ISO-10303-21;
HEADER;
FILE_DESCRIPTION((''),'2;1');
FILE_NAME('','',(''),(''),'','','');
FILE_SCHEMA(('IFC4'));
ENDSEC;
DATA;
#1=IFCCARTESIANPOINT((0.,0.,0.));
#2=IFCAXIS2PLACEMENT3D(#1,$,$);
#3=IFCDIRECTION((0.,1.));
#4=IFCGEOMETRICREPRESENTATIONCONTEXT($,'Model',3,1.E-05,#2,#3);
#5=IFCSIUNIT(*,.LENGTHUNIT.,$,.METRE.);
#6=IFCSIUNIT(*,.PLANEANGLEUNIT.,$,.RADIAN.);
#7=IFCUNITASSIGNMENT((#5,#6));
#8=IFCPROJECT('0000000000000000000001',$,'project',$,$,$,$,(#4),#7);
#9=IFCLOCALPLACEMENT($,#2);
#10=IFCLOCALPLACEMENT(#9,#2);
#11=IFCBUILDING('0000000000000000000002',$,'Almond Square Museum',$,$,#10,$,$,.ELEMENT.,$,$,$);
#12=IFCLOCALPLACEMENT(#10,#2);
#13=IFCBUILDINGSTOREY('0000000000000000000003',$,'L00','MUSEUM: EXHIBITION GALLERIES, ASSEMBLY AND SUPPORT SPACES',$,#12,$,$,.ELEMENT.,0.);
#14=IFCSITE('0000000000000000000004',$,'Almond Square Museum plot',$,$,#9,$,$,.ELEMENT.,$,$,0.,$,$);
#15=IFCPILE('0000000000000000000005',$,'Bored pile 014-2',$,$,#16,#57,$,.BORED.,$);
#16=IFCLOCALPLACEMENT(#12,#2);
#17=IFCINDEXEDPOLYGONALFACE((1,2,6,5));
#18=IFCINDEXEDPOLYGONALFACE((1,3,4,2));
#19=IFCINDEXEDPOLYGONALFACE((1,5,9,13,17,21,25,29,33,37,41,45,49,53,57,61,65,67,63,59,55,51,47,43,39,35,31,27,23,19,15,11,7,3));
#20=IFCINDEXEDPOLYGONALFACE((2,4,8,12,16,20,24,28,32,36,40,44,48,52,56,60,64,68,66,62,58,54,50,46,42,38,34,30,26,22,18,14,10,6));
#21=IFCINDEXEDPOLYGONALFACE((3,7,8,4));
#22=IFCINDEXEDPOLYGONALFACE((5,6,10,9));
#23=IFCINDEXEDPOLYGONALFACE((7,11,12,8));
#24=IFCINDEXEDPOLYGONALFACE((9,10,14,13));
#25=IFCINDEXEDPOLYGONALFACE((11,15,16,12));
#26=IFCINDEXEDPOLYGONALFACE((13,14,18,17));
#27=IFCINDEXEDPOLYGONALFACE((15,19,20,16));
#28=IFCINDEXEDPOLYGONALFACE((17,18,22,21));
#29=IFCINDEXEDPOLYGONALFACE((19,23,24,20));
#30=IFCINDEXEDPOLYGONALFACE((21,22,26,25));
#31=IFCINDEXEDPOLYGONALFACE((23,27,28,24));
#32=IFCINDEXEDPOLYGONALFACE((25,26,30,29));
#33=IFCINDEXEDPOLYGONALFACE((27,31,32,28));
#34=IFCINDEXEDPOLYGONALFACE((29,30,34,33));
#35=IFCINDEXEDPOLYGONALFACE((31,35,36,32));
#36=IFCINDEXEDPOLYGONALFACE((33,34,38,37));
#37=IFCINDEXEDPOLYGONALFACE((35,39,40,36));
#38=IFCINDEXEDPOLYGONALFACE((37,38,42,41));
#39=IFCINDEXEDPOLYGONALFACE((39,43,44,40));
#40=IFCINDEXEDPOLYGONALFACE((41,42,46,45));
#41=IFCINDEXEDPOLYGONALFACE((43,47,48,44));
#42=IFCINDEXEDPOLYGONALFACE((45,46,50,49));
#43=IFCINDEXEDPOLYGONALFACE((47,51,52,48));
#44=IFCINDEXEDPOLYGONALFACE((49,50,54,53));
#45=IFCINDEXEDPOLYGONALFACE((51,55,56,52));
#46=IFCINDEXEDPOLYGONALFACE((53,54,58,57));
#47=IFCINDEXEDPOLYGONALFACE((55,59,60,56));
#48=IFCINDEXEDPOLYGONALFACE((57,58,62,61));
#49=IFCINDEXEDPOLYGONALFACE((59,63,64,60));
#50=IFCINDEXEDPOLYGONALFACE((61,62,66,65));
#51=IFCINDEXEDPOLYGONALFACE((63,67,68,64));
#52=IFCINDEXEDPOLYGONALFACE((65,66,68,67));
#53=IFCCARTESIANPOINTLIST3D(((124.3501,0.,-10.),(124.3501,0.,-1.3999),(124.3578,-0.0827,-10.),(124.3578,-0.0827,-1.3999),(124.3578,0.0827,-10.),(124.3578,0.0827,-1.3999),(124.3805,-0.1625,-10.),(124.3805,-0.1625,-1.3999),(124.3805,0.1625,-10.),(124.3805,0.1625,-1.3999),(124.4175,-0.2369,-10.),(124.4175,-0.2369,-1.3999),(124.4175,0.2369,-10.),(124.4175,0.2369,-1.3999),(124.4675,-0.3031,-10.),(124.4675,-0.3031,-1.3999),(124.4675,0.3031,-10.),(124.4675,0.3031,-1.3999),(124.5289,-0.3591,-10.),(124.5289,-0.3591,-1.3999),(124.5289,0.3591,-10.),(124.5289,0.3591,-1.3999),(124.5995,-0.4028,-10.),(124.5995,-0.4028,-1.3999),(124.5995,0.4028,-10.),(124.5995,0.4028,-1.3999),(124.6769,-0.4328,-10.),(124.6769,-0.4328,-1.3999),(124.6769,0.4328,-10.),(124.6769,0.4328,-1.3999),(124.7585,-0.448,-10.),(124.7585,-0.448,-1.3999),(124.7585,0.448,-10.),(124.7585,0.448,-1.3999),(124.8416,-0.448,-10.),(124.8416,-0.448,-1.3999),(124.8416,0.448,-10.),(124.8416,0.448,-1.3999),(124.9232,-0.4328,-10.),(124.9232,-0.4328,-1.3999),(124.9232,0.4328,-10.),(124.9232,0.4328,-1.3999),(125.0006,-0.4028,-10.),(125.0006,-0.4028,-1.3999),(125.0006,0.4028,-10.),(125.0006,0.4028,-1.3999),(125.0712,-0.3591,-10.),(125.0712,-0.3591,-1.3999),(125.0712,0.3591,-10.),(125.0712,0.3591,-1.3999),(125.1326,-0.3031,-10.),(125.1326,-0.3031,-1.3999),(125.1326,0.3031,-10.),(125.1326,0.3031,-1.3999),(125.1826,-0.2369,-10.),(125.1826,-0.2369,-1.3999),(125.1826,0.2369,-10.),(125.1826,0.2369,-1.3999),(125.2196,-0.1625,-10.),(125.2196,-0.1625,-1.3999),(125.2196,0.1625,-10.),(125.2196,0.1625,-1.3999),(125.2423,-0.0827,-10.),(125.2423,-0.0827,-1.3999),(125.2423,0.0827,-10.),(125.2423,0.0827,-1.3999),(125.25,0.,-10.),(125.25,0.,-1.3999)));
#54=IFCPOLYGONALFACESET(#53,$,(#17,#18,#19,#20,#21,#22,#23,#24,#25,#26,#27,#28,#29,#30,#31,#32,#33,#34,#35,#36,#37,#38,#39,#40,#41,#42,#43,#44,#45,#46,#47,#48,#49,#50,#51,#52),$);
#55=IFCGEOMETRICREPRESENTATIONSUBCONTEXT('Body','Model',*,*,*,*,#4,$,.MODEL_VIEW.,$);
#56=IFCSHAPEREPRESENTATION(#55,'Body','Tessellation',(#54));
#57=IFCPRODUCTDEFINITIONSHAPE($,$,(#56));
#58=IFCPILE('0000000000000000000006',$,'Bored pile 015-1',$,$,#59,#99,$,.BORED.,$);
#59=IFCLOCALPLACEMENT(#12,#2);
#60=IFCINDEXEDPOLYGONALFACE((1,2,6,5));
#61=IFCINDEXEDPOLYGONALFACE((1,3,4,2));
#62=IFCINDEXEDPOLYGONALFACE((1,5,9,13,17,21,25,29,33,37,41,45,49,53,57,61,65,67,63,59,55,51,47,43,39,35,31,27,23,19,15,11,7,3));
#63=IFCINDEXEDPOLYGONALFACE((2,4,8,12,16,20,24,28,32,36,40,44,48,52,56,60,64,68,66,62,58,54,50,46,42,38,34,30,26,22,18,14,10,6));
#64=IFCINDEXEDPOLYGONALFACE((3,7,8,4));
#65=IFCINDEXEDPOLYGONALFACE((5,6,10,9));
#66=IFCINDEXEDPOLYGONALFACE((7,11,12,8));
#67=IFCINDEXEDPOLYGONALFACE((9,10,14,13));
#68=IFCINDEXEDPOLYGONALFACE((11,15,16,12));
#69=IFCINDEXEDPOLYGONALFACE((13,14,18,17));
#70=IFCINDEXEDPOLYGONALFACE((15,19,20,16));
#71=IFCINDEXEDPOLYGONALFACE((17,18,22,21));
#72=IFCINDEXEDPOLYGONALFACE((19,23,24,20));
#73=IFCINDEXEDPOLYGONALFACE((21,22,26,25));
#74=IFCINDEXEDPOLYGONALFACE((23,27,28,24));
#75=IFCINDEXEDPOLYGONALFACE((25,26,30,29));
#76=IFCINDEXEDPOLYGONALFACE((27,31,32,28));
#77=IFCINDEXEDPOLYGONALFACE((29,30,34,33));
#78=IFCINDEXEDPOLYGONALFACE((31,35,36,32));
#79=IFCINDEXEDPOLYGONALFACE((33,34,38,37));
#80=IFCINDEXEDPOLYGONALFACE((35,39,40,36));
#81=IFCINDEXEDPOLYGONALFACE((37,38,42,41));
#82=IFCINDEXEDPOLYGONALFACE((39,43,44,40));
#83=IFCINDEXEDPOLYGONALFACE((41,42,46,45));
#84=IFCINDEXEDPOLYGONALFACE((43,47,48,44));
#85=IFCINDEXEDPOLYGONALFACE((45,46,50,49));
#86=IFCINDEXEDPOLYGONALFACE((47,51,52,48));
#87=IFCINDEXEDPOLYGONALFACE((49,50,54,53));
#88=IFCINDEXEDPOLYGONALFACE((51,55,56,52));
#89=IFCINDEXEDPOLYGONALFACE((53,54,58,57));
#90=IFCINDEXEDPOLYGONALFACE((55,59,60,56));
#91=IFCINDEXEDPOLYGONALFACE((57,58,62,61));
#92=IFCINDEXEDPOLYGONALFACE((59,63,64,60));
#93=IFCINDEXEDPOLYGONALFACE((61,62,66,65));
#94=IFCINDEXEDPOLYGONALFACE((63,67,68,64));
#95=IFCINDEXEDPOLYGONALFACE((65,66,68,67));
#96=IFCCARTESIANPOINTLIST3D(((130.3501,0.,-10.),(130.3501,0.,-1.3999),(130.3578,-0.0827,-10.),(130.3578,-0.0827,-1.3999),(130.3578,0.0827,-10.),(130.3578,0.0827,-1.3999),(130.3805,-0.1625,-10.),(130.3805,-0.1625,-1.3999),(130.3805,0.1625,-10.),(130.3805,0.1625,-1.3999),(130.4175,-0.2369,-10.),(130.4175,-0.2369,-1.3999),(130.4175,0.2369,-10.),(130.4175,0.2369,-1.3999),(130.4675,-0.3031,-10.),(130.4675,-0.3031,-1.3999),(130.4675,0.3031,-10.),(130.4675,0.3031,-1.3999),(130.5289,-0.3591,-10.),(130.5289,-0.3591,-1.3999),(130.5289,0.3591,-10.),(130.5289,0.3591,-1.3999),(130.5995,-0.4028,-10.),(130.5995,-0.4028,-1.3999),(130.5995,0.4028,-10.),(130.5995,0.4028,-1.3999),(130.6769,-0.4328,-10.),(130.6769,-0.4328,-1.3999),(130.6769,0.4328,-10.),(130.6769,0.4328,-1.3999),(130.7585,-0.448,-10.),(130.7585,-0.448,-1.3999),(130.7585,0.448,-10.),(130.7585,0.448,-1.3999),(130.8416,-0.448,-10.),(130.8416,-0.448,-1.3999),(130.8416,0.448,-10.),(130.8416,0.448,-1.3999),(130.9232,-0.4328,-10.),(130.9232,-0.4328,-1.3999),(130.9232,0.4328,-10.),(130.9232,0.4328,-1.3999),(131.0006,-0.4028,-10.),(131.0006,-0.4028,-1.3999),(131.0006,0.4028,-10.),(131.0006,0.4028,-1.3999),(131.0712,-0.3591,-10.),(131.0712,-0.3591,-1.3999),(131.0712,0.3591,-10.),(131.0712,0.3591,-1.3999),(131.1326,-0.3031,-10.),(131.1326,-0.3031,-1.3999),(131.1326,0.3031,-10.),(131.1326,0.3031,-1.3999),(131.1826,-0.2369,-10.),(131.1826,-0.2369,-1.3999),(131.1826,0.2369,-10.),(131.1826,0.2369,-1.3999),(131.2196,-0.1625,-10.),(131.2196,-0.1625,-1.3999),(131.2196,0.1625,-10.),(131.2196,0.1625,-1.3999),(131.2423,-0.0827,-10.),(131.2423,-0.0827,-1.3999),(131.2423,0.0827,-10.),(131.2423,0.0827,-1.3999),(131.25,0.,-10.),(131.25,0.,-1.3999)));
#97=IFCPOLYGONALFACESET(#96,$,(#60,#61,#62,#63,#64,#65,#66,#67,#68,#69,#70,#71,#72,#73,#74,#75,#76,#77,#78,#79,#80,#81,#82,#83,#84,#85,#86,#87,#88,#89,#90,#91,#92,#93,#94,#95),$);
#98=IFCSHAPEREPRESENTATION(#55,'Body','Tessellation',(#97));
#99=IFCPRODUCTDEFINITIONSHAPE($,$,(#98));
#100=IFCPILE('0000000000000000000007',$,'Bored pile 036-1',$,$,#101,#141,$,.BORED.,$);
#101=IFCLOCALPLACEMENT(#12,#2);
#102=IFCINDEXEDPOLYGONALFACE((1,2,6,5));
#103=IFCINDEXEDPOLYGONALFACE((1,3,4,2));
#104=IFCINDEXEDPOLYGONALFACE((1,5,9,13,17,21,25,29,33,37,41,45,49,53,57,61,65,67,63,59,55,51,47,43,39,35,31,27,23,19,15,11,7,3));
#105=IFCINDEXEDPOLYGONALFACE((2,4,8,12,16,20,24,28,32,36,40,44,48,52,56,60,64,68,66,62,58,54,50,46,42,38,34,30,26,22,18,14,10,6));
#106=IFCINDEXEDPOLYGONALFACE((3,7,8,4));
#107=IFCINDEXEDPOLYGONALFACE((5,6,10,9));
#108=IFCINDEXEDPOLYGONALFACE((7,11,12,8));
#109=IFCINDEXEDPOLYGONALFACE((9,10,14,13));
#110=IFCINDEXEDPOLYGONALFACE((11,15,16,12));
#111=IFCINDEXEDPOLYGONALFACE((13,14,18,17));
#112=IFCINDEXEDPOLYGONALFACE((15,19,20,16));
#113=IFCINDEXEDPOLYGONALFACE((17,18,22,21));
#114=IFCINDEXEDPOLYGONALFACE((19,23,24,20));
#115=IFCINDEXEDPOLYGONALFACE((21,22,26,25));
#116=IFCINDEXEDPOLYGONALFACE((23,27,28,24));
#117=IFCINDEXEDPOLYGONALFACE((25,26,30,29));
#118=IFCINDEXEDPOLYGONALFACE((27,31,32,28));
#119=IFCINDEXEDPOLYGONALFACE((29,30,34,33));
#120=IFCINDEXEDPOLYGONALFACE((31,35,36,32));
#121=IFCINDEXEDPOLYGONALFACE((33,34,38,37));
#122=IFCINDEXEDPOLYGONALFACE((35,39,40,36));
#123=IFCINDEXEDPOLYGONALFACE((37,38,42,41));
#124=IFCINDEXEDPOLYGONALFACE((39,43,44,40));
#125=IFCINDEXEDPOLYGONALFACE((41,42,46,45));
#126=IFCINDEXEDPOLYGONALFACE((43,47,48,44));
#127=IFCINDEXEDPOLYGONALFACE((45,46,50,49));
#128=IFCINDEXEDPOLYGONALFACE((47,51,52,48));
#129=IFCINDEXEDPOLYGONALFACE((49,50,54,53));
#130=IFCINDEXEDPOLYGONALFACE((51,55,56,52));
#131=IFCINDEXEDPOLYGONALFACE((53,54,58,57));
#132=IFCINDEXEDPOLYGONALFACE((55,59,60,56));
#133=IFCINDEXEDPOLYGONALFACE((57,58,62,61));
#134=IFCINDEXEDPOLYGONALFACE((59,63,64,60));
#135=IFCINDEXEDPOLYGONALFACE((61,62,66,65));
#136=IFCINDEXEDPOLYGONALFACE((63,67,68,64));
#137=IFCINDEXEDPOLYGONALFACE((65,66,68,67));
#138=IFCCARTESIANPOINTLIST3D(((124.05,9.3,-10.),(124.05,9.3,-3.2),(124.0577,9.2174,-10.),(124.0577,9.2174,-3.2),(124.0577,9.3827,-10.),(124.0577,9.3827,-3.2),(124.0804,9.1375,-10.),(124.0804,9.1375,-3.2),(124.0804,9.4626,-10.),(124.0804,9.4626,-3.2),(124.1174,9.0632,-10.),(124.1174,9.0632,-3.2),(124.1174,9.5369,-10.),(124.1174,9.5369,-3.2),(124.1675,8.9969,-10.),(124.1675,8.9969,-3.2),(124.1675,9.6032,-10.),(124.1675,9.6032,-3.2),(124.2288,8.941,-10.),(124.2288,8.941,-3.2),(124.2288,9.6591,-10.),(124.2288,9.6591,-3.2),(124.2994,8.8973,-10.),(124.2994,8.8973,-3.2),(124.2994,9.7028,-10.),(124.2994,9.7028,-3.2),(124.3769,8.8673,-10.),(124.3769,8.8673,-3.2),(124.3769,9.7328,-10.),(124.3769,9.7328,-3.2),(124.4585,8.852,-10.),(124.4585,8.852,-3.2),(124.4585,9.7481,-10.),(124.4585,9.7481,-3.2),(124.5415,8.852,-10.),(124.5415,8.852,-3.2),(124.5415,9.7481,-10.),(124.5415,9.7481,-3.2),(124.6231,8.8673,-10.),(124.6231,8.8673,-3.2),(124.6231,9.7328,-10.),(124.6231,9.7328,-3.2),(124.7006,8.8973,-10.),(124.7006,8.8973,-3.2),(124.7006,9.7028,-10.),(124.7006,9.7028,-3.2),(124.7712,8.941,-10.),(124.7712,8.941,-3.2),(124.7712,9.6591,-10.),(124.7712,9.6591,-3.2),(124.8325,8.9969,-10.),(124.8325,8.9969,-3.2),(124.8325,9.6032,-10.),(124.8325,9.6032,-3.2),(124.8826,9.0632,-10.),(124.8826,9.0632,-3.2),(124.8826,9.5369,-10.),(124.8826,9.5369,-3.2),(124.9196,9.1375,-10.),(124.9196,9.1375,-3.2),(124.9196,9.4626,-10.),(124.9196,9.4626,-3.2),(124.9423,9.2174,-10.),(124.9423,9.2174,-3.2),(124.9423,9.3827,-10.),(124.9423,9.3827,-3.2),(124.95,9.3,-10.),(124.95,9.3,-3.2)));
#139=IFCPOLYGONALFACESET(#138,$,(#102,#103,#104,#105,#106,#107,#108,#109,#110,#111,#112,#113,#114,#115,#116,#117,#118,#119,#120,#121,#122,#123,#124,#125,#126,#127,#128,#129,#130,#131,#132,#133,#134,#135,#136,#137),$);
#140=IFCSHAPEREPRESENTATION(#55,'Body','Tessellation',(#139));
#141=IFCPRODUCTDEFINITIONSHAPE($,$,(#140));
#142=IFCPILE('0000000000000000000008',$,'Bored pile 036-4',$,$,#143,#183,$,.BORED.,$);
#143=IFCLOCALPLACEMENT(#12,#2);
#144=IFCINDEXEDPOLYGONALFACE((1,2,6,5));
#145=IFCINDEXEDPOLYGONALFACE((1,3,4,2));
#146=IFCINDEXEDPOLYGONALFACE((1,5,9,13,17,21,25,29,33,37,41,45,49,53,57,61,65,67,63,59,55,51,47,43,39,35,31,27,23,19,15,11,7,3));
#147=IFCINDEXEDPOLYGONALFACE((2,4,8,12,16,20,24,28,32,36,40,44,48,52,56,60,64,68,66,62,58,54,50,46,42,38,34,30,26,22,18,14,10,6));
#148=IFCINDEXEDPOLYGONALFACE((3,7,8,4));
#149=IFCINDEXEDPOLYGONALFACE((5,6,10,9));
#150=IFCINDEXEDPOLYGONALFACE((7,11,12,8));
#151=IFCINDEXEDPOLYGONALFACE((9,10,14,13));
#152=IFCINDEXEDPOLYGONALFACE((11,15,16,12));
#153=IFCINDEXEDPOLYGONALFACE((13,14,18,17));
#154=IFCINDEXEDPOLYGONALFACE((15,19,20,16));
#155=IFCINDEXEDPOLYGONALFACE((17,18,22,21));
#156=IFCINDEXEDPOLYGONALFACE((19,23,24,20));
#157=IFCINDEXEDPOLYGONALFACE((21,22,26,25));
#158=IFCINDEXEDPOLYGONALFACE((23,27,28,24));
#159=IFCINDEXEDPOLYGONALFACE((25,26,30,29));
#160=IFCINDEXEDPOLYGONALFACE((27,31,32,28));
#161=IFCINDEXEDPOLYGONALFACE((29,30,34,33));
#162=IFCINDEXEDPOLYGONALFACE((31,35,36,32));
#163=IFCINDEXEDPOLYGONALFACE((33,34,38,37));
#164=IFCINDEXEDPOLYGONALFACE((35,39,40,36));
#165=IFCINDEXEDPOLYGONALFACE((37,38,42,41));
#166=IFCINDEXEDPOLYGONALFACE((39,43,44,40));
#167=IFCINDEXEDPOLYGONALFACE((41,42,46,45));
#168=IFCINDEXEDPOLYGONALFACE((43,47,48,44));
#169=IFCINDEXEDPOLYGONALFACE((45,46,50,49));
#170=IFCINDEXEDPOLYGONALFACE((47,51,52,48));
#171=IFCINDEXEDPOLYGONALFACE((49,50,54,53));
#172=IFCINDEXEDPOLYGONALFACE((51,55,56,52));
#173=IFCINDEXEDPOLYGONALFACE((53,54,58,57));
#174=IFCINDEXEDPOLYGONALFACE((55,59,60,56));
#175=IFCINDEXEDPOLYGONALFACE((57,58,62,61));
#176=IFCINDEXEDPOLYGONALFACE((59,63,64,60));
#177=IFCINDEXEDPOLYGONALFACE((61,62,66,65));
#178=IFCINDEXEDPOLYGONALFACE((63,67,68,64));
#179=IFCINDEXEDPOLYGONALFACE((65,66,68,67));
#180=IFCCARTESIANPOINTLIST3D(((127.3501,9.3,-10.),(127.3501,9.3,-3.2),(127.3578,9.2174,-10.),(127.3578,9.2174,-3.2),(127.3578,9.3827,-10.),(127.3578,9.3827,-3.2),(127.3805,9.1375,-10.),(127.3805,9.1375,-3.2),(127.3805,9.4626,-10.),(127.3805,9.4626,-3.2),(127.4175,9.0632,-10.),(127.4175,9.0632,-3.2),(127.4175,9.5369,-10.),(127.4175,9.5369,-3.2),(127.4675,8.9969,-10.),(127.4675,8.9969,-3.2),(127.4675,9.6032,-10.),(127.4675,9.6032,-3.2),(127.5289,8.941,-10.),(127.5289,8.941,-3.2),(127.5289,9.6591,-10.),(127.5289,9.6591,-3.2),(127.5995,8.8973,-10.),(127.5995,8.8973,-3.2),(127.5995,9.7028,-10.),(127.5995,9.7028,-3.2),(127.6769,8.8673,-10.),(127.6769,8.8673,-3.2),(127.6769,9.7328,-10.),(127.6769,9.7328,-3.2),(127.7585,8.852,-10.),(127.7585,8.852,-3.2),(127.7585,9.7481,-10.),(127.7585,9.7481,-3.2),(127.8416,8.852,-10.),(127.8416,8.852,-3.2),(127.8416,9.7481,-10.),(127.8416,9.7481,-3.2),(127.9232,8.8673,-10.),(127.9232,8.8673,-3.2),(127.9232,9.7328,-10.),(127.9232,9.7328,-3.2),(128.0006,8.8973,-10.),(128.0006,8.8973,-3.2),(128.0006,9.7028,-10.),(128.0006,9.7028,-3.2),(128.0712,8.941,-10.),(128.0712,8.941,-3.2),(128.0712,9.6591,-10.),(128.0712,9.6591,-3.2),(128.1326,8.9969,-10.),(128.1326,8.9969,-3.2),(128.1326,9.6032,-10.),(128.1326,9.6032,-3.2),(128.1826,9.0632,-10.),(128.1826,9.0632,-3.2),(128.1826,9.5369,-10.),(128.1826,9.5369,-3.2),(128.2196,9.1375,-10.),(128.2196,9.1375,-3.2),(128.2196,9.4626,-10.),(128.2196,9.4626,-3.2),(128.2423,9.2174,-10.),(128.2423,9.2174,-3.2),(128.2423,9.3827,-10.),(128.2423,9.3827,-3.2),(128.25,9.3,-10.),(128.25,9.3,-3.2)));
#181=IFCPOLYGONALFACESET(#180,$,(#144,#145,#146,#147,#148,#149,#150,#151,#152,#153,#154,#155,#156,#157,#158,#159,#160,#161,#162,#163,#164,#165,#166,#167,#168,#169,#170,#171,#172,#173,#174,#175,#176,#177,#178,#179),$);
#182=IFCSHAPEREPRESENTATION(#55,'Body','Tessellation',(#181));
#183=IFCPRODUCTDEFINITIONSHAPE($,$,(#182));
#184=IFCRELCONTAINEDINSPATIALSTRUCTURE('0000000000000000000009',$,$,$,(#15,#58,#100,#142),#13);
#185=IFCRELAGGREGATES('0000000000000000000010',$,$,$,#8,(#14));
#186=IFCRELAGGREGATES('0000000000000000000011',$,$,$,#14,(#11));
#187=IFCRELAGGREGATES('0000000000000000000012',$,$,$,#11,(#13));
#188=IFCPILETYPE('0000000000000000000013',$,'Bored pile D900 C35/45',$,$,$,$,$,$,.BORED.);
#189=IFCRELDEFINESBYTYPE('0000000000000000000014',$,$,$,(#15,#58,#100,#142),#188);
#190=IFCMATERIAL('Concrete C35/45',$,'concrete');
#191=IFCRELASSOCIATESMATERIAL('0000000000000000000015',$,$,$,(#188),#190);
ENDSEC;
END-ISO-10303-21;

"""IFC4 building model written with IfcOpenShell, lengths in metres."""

from ifc_helpers import new_model, si_unit, direction, frame, origin, origin_2d, place, context, subcontext, project, spatial, circle, extrude, material, material_profile, profile_set, type_object, element, save


model = new_model("IFC4")

# Units and contexts
model_context = context("Model", 3, precision=1e-05, world=origin(), true_north=direction((0.0, 1.0)))
body_context = subcontext(model_context, "Body", "Model", "MODEL_VIEW")
ifc_project = project(units=[si_unit("LENGTHUNIT", "METRE"), si_unit("PLANEANGLEUNIT", "RADIAN")], contexts=[model_context])

# Site, building, storey
site_placement = place(None, origin())
site = spatial("IfcSite", under=ifc_project, at=site_placement, Name="Almond Square Museum plot", CompositionType="ELEMENT", RefElevation=0.0)
building_placement = place(site_placement, origin())
building = spatial("IfcBuilding", under=site, at=building_placement, Name="Almond Square Museum", CompositionType="ELEMENT")
storey_placement = place(building_placement, origin())
storey = spatial("IfcBuildingStorey", under=building, at=storey_placement, Name="L00", Description="MUSEUM: EXHIBITION GALLERIES, ASSEMBLY AND SUPPORT SPACES", CompositionType="ELEMENT", Elevation=0.0)

# Piles
ifc_material_1 = material(Name="Concrete C35/45", Category="concrete")
ifc_material_profile_1 = material_profile(ifc_material_1, circle(Radius=0.45, at=origin_2d()))
ifc_profile_set_1 = profile_set([ifc_material_profile_1], Name="Concrete C35/45")
pile_type = type_object("IfcPileType", Name="Bored pile D900 C35/45", PredefinedType="BORED", material=ifc_profile_set_1)
for number, where, z_axis, x_axis, name in (
    (1, (124.8, 0.0, -1.3999), (0.0, 0.0, -1.0), (1.0, 0.0, 0.0), "Bored pile 014-2"),
    (2, (130.8, 0.0, -1.3999), (0.0, 0.0, -1.0), (1.0, 0.0, 0.0), "Bored pile 015-1"),
):
    element("IfcPile", number, at=place(storey_placement, frame(where, z_axis=z_axis, x_axis=x_axis)), inside=storey, type_object=pile_type, Name=name, PredefinedType="BORED", context=body_context, shape_type="SweptSolid", body=[
        extrude(circle(Radius=0.45, at=origin_2d()), origin(), (0.0, 0.0, 1.0), 8.6001),
    ])
for number, where, z_axis, x_axis, name in (
    (3, (124.5, 9.3, -3.2), (0.0, 0.0, -1.0), (1.0, 0.0, 0.0), "Bored pile 036-1"),
    (4, (127.8, 9.3, -3.2), (0.0, 0.0, -1.0), (1.0, 0.0, 0.0), "Bored pile 036-4"),
):
    element("IfcPile", number, at=place(storey_placement, frame(where, z_axis=z_axis, x_axis=x_axis)), inside=storey, type_object=pile_type, Name=name, PredefinedType="BORED", context=body_context, shape_type="SweptSolid", body=[
        extrude(circle(Radius=0.45, at=origin_2d()), origin(), (0.0, 0.0, 1.0), 6.8),
    ])

save(model, "model.ifc")
